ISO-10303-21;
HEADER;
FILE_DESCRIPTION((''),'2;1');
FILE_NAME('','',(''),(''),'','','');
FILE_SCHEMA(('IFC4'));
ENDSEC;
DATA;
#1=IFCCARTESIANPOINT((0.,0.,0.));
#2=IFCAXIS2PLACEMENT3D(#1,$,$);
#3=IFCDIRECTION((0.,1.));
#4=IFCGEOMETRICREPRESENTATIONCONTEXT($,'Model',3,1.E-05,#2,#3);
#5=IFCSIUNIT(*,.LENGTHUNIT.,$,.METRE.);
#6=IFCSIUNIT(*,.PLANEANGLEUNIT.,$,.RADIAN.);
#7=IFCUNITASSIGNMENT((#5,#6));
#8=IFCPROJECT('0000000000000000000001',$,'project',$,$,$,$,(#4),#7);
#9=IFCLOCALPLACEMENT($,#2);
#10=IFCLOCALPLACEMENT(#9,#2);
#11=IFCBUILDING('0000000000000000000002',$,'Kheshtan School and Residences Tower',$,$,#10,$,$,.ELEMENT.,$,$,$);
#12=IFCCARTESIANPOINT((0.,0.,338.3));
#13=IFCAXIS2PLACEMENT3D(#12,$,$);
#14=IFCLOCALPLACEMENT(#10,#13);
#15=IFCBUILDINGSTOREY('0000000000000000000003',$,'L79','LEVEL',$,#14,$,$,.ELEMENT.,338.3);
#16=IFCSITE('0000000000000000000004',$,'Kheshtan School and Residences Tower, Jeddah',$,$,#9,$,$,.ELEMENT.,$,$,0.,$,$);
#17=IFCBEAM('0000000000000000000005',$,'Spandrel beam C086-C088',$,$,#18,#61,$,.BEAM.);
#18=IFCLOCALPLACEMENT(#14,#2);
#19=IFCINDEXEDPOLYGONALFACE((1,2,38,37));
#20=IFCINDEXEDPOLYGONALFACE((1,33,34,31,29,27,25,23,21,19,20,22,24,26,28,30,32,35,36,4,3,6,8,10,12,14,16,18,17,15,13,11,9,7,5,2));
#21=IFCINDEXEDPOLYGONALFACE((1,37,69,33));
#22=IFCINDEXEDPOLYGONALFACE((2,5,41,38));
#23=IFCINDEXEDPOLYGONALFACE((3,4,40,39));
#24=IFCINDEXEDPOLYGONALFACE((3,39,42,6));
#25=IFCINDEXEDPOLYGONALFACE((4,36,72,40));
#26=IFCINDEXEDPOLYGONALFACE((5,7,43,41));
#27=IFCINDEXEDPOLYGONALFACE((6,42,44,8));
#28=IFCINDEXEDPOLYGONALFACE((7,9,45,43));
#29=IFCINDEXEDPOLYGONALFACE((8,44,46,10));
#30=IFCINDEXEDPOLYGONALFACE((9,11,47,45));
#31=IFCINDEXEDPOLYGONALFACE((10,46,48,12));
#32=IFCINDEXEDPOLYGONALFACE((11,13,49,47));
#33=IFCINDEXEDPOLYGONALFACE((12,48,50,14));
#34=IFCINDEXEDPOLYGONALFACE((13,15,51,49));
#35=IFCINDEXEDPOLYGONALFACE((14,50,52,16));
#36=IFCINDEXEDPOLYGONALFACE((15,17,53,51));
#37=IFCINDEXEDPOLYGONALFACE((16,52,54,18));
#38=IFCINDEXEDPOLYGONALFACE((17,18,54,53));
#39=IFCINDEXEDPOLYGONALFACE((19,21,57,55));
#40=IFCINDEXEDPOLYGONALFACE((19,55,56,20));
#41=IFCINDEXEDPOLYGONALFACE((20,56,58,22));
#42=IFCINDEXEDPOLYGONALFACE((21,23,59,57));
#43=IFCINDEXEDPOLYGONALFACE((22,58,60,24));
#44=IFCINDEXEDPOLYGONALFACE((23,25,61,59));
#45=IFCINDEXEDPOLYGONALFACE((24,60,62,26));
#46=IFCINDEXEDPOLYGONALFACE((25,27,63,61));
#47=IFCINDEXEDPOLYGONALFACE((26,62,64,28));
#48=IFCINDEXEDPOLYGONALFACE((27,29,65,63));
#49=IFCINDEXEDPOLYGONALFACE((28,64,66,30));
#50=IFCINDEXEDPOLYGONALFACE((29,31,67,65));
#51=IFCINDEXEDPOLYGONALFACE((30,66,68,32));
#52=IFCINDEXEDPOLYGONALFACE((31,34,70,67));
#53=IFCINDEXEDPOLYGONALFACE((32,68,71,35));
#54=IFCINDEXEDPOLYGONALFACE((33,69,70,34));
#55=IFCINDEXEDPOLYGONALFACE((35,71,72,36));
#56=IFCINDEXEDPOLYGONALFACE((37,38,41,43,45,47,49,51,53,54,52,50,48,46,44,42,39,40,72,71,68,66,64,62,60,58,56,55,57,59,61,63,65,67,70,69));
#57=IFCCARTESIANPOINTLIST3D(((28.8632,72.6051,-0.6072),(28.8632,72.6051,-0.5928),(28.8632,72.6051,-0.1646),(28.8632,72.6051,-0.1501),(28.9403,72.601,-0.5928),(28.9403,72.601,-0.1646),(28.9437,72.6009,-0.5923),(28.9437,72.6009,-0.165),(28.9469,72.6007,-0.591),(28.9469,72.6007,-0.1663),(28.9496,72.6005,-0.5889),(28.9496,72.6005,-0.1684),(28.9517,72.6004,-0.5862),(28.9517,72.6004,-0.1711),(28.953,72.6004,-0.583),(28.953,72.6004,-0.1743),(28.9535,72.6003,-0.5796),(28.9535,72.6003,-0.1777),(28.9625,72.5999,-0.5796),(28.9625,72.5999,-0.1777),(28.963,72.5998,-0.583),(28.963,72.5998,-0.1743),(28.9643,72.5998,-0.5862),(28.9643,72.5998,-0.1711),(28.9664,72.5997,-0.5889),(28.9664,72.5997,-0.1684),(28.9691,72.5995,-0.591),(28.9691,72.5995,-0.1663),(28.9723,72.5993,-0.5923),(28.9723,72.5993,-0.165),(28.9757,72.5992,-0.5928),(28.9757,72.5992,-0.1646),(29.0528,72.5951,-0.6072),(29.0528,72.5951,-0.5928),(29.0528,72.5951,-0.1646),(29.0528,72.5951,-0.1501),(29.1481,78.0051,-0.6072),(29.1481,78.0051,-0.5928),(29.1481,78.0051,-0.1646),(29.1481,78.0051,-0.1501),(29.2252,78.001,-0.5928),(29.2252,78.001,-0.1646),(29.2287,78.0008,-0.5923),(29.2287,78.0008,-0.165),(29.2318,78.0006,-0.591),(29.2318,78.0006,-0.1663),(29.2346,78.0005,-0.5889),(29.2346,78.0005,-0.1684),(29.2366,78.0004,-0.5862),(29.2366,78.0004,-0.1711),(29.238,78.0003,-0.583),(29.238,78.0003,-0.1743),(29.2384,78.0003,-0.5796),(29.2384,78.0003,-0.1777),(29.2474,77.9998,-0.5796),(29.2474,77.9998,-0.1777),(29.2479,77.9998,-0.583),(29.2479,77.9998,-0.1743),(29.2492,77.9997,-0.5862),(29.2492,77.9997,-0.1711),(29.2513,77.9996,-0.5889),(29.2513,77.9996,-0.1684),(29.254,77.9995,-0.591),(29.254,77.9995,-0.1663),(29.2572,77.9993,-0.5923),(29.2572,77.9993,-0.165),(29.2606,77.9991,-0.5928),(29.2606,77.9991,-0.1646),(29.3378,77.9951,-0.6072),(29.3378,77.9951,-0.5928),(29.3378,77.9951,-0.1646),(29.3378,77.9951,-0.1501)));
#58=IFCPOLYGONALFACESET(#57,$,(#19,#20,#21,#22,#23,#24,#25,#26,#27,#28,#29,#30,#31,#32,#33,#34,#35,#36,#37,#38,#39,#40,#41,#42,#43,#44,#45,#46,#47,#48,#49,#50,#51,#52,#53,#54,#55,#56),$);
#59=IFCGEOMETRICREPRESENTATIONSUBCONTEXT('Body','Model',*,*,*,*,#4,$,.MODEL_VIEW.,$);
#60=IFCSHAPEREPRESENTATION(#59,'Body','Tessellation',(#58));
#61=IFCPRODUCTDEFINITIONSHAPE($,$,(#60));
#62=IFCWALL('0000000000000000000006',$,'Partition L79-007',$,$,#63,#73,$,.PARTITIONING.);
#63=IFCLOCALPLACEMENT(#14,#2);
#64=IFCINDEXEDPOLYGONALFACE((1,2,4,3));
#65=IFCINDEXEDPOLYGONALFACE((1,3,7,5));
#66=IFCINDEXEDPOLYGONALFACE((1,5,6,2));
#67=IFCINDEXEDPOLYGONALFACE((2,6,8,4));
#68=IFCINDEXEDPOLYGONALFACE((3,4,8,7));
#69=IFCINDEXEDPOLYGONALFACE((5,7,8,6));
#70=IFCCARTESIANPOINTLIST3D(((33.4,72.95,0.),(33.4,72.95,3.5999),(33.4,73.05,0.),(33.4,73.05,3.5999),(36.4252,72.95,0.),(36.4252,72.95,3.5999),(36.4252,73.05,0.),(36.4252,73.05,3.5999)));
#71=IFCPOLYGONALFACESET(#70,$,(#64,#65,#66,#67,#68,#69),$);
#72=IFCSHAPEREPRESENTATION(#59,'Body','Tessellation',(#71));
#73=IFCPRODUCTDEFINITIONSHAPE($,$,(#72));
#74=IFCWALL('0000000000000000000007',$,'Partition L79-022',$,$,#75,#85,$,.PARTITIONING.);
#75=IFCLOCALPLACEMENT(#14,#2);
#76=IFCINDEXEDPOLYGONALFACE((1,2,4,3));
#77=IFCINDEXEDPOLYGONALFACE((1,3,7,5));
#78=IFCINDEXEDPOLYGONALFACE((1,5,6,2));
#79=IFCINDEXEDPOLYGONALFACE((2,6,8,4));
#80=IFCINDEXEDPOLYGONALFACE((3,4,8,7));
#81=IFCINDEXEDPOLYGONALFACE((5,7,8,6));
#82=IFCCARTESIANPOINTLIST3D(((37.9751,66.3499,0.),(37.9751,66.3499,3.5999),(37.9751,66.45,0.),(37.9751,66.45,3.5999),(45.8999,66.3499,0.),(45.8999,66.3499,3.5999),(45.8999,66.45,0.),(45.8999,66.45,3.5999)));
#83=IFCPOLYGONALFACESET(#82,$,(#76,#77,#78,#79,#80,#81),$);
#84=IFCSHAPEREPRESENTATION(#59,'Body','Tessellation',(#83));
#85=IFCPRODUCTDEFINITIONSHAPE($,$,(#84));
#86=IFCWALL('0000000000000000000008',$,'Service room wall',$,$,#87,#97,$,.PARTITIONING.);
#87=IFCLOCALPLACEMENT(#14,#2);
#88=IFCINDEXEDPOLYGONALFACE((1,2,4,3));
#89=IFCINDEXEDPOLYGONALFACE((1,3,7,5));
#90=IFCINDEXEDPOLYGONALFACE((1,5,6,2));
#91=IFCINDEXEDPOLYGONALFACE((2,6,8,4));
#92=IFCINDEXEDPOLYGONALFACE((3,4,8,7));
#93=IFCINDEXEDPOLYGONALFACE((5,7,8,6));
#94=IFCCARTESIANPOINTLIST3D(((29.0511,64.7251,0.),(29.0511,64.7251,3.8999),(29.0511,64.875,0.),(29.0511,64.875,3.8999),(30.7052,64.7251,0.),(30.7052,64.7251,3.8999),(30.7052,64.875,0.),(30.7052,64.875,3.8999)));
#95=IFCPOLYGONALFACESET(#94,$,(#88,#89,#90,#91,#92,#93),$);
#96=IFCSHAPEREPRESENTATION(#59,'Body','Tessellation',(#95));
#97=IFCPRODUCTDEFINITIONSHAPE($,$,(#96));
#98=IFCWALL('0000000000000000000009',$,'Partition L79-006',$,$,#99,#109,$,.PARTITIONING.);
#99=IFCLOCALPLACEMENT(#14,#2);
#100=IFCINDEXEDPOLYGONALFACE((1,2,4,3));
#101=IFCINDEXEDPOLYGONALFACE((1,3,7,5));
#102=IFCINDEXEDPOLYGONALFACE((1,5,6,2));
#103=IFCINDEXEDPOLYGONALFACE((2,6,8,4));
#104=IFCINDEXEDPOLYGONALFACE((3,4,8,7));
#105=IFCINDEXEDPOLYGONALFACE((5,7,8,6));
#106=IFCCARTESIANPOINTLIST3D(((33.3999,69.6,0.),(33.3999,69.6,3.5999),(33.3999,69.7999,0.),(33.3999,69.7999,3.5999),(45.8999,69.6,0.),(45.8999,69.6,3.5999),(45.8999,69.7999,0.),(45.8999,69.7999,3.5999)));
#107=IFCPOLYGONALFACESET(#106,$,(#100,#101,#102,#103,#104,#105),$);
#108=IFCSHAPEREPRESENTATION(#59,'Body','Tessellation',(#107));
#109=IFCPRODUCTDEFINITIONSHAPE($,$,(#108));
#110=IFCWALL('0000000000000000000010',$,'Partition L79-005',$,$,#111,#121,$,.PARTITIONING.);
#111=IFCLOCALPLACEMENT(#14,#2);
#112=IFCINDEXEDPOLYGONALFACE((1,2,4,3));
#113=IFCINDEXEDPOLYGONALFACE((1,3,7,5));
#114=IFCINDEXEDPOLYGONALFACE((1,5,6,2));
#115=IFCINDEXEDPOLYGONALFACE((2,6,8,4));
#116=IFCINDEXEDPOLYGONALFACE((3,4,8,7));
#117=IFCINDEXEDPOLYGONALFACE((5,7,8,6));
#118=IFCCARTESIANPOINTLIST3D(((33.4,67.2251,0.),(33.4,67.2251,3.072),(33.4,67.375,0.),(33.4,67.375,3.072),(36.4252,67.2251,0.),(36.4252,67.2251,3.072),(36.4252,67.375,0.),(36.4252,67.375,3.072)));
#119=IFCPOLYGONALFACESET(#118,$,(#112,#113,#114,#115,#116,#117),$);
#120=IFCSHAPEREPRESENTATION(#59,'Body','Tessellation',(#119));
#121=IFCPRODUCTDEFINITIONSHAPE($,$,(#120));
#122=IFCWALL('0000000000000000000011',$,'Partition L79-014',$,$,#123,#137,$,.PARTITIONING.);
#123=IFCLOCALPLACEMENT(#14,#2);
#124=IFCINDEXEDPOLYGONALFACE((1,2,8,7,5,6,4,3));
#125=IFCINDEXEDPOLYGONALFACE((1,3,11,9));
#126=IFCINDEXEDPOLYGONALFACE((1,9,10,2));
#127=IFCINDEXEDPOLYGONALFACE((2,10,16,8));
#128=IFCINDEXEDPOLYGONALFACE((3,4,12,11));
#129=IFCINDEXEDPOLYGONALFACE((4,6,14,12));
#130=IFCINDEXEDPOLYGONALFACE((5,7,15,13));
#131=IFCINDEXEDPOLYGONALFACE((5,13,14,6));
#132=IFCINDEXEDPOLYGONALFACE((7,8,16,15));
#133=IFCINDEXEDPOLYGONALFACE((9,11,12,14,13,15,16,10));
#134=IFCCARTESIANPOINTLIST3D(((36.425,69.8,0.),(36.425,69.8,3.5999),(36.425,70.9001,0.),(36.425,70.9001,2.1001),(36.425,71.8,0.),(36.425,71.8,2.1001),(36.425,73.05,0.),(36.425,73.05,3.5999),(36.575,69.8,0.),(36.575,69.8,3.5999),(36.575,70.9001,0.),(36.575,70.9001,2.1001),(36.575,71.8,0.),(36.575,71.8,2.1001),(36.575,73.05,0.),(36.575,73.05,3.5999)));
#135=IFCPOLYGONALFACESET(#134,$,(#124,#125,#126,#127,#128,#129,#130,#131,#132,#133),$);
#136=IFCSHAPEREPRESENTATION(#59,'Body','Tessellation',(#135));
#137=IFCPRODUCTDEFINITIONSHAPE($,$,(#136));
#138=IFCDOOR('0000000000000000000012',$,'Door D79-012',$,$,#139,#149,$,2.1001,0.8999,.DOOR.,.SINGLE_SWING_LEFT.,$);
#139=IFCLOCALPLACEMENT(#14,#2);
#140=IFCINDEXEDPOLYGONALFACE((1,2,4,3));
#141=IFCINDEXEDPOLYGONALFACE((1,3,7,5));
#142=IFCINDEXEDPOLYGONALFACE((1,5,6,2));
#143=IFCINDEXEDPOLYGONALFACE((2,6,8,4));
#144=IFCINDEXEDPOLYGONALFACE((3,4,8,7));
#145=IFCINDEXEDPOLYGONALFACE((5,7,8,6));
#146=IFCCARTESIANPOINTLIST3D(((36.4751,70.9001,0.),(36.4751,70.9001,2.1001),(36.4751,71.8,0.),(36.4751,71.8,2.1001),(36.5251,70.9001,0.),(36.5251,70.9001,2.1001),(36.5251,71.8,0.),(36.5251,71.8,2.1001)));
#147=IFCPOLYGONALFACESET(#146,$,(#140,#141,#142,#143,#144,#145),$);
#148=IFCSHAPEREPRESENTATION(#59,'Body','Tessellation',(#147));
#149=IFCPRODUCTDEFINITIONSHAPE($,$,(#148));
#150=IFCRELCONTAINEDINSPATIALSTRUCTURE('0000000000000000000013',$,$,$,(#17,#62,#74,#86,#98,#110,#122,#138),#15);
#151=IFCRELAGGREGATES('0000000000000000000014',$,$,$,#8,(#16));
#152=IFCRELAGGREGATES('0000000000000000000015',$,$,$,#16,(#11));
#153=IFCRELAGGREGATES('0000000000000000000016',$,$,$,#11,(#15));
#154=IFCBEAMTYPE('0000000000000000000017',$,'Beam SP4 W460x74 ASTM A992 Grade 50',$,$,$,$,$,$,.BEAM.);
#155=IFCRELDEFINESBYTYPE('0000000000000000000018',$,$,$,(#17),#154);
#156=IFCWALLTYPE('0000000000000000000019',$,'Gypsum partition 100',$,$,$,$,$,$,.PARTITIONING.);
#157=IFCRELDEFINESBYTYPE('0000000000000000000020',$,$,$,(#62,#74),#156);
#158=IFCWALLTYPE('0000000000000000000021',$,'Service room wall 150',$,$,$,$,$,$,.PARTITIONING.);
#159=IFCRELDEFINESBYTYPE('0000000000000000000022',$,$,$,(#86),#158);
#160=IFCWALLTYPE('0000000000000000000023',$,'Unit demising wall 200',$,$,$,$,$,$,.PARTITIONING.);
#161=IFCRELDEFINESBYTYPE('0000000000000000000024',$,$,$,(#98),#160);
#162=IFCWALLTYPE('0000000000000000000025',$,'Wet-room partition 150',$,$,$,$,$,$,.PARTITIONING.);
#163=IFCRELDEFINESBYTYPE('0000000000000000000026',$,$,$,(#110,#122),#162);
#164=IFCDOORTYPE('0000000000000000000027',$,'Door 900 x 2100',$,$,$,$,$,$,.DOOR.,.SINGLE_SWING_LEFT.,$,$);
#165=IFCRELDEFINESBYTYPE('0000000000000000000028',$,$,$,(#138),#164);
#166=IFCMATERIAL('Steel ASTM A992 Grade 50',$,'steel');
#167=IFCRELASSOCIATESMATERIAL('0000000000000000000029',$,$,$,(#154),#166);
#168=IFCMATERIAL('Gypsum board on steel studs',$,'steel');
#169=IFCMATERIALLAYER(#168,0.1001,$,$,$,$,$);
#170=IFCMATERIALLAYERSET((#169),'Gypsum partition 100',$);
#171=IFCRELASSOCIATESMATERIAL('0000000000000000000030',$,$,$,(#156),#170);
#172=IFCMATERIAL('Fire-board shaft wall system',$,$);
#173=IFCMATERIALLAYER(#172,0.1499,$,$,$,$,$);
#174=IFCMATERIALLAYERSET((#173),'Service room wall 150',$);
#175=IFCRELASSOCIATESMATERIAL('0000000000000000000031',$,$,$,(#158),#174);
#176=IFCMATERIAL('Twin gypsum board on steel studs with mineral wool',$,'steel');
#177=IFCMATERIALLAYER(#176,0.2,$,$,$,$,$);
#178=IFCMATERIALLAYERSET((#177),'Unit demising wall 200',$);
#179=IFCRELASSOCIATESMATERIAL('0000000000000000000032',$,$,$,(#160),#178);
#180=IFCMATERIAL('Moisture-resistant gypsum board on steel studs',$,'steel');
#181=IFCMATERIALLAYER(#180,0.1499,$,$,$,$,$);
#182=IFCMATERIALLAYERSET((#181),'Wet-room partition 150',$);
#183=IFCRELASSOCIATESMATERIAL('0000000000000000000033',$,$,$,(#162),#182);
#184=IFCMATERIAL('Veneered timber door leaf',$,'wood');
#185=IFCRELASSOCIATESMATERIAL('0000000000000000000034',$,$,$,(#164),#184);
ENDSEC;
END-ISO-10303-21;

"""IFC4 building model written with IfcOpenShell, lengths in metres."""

from ifc_helpers import new_model, si_unit, direction, frame, frame_2d, origin, origin_2d, place, context, subcontext, project, spatial, rectangle, i_section, extrude, source, transform, mapped, material, layer, layer_set, material_profile, profile_set, type_object, element, fill, save


model = new_model("IFC4")

# Units and contexts
model_context = context("Model", 3, precision=1e-05, world=origin(), true_north=direction((0.0, 1.0)))
body_context = subcontext(model_context, "Body", "Model", "MODEL_VIEW")
ifc_project = project(units=[si_unit("LENGTHUNIT", "METRE"), si_unit("PLANEANGLEUNIT", "RADIAN")], contexts=[model_context])

# Site, building, storey
site_placement = place(None, origin())
site = spatial("IfcSite", under=ifc_project, at=site_placement, Name="Kheshtan School and Residences Tower, Jeddah", CompositionType="ELEMENT", RefElevation=0.0)
building_placement = place(site_placement, origin())
building = spatial("IfcBuilding", under=site, at=building_placement, Name="Kheshtan School and Residences Tower", CompositionType="ELEMENT")
storey_placement = place(building_placement, frame((0.0, 0.0, 338.3)))
storey = spatial("IfcBuildingStorey", under=building, at=storey_placement, Name="L79", Description="LEVEL", CompositionType="ELEMENT", Elevation=338.3)

# Shared definitions
ifc_material_1 = material(Name="Steel ASTM A992 Grade 50", Category="steel")

# Beam
ifc_material_profile_1 = material_profile(ifc_material_1, i_section(OverallWidth=0.1899, OverallDepth=0.457, WebThickness=0.009, FlangeThickness=0.0144, FilletRadius=0.0132, at=origin_2d()), Name="W460x74")
ifc_profile_set_1 = profile_set([ifc_material_profile_1], Name="Steel ASTM A992 Grade 50")
beam_type_1 = type_object("IfcBeamType", Name="Beam SP4 W460x74 ASTM A992 Grade 50", PredefinedType="BEAM", material=ifc_profile_set_1)
beam_1_placement = place(storey_placement, frame((28.958, 72.6001, -0.3787), z_axis=(0.052689, 0.998611, 0.0), x_axis=(-0.998611, 0.052689, 0.0)))
element("IfcBeam", 1, at=beam_1_placement, inside=storey, type_object=beam_type_1, Name="Spandrel beam C086-C088", PredefinedType="BEAM", context=body_context, shape_type="SweptSolid", body=[
    extrude(i_section(OverallWidth=0.1899, OverallDepth=0.457, WebThickness=0.009, FlangeThickness=0.0144, FilletRadius=0.0132, at=origin_2d()), origin(), (0.0, 0.0, 1.0), 5.4075),
])

# Walls
ifc_material_2 = material(Name="Gypsum board on steel studs", Category="steel")
ifc_layer_1 = layer(ifc_material_2, 0.1001)
ifc_layer_set_1 = layer_set([ifc_layer_1], Name="Gypsum partition 100")
wall_type_1 = type_object("IfcWallType", Name="Gypsum partition 100", PredefinedType="PARTITIONING", material=ifc_layer_set_1)
wall_1_placement = place(storey_placement, frame((33.3999, 73.0, 0.0), z_axis=(0.0, 0.0, 1.0), x_axis=(1.0, 0.0, 0.0)))
element("IfcWall", 2, at=wall_1_placement, inside=storey, type_object=wall_type_1, Name="Partition L79-007", PredefinedType="PARTITIONING", context=body_context, shape_type="SweptSolid", body=[
    extrude(rectangle(XDim=3.0251, YDim=0.1001, at=frame_2d((1.5127, 0.0))), origin(), (0.0, 0.0, 1.0), 3.5999),
])
wall_2_placement = place(storey_placement, frame((37.9751, 66.3999, 0.0), z_axis=(0.0, 0.0, 1.0), x_axis=(1.0, 0.0, 0.0)))
element("IfcWall", 3, at=wall_2_placement, inside=storey, type_object=wall_type_1, Name="Partition L79-022", PredefinedType="PARTITIONING", context=body_context, shape_type="SweptSolid", body=[
    extrude(rectangle(XDim=7.9248, YDim=0.1001, at=frame_2d((3.9624, 0.0))), origin(), (0.0, 0.0, 1.0), 3.5999),
])
ifc_material_3 = material(Name="Fire-board shaft wall system")
ifc_layer_2 = layer(ifc_material_3, 0.1499)
ifc_layer_set_2 = layer_set([ifc_layer_2], Name="Service room wall 150")
wall_type_2 = type_object("IfcWallType", Name="Service room wall 150", PredefinedType="PARTITIONING", material=ifc_layer_set_2)
wall_3_placement = place(storey_placement, frame((29.051, 64.8, 0.0), z_axis=(0.0, 0.0, 1.0), x_axis=(1.0, 0.0, 0.0)))
element("IfcWall", 4, at=wall_3_placement, inside=storey, type_object=wall_type_2, Name="Service room wall", PredefinedType="PARTITIONING", context=body_context, shape_type="SweptSolid", body=[
    extrude(rectangle(XDim=1.6541, YDim=0.1499, at=frame_2d((0.8271, 0.0))), origin(), (0.0, 0.0, 1.0), 3.8999),
])
ifc_material_4 = material(Name="Twin gypsum board on steel studs with mineral wool", Category="steel")
ifc_layer_3 = layer(ifc_material_4, 0.2)
ifc_layer_set_3 = layer_set([ifc_layer_3], Name="Unit demising wall 200")
wall_type_3 = type_object("IfcWallType", Name="Unit demising wall 200", PredefinedType="PARTITIONING", material=ifc_layer_set_3)
wall_4_placement = place(storey_placement, frame((33.3999, 69.7, 0.0), z_axis=(0.0, 0.0, 1.0), x_axis=(1.0, 0.0, 0.0)))
element("IfcWall", 5, at=wall_4_placement, inside=storey, type_object=wall_type_3, Name="Partition L79-006", PredefinedType="PARTITIONING", context=body_context, shape_type="SweptSolid", body=[
    extrude(rectangle(XDim=12.5, YDim=0.2, at=frame_2d((6.25, 0.0))), origin(), (0.0, 0.0, 1.0), 3.5999),
])
ifc_material_5 = material(Name="Moisture-resistant gypsum board on steel studs", Category="steel")
ifc_layer_4 = layer(ifc_material_5, 0.1499)
ifc_layer_set_4 = layer_set([ifc_layer_4], Name="Wet-room partition 150")
wall_type_4 = type_object("IfcWallType", Name="Wet-room partition 150", PredefinedType="PARTITIONING", material=ifc_layer_set_4)
wall_5_placement = place(storey_placement, frame((33.3999, 67.3, 0.0), z_axis=(0.0, 0.0, 1.0), x_axis=(1.0, 0.0, 0.0)))
element("IfcWall", 6, at=wall_5_placement, inside=storey, type_object=wall_type_4, Name="Partition L79-005", PredefinedType="PARTITIONING", context=body_context, shape_type="SweptSolid", body=[
    extrude(rectangle(XDim=3.0251, YDim=0.1499, at=frame_2d((1.5127, 0.0))), origin(), (0.0, 0.0, 1.0), 3.072),
])

# Wall, opening, door
wall_6_placement = place(storey_placement, frame((36.5, 69.8, 0.0), z_axis=(0.0, 0.0, 1.0), x_axis=(0.0, 1.0, 0.0)))
wall_6 = element("IfcWall", 7, at=wall_6_placement, inside=storey, type_object=wall_type_4, Name="Partition L79-014", PredefinedType="PARTITIONING", context=body_context, shape_type="SweptSolid", body=[
    extrude(rectangle(XDim=3.25, YDim=0.1499, at=frame_2d((1.625, 0.0))), origin(), (0.0, 0.0, 1.0), 3.5999),
])
opening_1_placement = place(wall_6_placement, frame((1.1001, 0.0, 0.0)))
opening_1 = element("IfcOpeningElement", 8, at=opening_1_placement, cuts=wall_6, PredefinedType="OPENING", context=body_context, shape_type="SweptSolid", body=[
    extrude(rectangle(XDim=0.8999, YDim=2.1001, at=frame_2d((0.45, 1.05))), frame((0.0, 0.085, 0.0), z_axis=(0.0, -1.0, 0.0), x_axis=(1.0, 0.0, 0.0)), (0.0, 0.0, 1.0), 0.1699),
])
ifc_material_6 = material(Name="Veneered timber door leaf", Category="wood")
door_type_1 = type_object("IfcDoorType", Name="Door 900 x 2100", OperationType="SINGLE_SWING_LEFT", PredefinedType="DOOR", material=ifc_material_6)
shared_shape_1 = source(origin(), body_context, "Body", "SweptSolid", [
    extrude(rectangle(XDim=0.8999, YDim=2.1001, at=frame_2d((0.45, 1.05))), frame((0.0, 0.0249, 0.0), z_axis=(0.0, -1.0, 0.0), x_axis=(1.0, 0.0, 0.0)), (0.0, 0.0, 1.0), 0.05),
])
door_1_placement = place(opening_1_placement, origin())
door_1 = element("IfcDoor", 9, at=door_1_placement, inside=storey, type_object=door_type_1, Name="Door D79-012", OperationType="SINGLE_SWING_LEFT", OverallHeight=2.1001, OverallWidth=0.8999, PredefinedType="DOOR", context=body_context, shape_type="MappedRepresentation", body=[
    mapped(shared_shape_1, transform((0.0, 0.0, 0.0), x_axis=(1.0, 0.0, 0.0), y_axis=(0.0, 1.0, 0.0), z_axis=(0.0, 0.0, 1.0), scale=1.0)),
])
fill(opening_1, door_1)

save(model, "model.ifc")
